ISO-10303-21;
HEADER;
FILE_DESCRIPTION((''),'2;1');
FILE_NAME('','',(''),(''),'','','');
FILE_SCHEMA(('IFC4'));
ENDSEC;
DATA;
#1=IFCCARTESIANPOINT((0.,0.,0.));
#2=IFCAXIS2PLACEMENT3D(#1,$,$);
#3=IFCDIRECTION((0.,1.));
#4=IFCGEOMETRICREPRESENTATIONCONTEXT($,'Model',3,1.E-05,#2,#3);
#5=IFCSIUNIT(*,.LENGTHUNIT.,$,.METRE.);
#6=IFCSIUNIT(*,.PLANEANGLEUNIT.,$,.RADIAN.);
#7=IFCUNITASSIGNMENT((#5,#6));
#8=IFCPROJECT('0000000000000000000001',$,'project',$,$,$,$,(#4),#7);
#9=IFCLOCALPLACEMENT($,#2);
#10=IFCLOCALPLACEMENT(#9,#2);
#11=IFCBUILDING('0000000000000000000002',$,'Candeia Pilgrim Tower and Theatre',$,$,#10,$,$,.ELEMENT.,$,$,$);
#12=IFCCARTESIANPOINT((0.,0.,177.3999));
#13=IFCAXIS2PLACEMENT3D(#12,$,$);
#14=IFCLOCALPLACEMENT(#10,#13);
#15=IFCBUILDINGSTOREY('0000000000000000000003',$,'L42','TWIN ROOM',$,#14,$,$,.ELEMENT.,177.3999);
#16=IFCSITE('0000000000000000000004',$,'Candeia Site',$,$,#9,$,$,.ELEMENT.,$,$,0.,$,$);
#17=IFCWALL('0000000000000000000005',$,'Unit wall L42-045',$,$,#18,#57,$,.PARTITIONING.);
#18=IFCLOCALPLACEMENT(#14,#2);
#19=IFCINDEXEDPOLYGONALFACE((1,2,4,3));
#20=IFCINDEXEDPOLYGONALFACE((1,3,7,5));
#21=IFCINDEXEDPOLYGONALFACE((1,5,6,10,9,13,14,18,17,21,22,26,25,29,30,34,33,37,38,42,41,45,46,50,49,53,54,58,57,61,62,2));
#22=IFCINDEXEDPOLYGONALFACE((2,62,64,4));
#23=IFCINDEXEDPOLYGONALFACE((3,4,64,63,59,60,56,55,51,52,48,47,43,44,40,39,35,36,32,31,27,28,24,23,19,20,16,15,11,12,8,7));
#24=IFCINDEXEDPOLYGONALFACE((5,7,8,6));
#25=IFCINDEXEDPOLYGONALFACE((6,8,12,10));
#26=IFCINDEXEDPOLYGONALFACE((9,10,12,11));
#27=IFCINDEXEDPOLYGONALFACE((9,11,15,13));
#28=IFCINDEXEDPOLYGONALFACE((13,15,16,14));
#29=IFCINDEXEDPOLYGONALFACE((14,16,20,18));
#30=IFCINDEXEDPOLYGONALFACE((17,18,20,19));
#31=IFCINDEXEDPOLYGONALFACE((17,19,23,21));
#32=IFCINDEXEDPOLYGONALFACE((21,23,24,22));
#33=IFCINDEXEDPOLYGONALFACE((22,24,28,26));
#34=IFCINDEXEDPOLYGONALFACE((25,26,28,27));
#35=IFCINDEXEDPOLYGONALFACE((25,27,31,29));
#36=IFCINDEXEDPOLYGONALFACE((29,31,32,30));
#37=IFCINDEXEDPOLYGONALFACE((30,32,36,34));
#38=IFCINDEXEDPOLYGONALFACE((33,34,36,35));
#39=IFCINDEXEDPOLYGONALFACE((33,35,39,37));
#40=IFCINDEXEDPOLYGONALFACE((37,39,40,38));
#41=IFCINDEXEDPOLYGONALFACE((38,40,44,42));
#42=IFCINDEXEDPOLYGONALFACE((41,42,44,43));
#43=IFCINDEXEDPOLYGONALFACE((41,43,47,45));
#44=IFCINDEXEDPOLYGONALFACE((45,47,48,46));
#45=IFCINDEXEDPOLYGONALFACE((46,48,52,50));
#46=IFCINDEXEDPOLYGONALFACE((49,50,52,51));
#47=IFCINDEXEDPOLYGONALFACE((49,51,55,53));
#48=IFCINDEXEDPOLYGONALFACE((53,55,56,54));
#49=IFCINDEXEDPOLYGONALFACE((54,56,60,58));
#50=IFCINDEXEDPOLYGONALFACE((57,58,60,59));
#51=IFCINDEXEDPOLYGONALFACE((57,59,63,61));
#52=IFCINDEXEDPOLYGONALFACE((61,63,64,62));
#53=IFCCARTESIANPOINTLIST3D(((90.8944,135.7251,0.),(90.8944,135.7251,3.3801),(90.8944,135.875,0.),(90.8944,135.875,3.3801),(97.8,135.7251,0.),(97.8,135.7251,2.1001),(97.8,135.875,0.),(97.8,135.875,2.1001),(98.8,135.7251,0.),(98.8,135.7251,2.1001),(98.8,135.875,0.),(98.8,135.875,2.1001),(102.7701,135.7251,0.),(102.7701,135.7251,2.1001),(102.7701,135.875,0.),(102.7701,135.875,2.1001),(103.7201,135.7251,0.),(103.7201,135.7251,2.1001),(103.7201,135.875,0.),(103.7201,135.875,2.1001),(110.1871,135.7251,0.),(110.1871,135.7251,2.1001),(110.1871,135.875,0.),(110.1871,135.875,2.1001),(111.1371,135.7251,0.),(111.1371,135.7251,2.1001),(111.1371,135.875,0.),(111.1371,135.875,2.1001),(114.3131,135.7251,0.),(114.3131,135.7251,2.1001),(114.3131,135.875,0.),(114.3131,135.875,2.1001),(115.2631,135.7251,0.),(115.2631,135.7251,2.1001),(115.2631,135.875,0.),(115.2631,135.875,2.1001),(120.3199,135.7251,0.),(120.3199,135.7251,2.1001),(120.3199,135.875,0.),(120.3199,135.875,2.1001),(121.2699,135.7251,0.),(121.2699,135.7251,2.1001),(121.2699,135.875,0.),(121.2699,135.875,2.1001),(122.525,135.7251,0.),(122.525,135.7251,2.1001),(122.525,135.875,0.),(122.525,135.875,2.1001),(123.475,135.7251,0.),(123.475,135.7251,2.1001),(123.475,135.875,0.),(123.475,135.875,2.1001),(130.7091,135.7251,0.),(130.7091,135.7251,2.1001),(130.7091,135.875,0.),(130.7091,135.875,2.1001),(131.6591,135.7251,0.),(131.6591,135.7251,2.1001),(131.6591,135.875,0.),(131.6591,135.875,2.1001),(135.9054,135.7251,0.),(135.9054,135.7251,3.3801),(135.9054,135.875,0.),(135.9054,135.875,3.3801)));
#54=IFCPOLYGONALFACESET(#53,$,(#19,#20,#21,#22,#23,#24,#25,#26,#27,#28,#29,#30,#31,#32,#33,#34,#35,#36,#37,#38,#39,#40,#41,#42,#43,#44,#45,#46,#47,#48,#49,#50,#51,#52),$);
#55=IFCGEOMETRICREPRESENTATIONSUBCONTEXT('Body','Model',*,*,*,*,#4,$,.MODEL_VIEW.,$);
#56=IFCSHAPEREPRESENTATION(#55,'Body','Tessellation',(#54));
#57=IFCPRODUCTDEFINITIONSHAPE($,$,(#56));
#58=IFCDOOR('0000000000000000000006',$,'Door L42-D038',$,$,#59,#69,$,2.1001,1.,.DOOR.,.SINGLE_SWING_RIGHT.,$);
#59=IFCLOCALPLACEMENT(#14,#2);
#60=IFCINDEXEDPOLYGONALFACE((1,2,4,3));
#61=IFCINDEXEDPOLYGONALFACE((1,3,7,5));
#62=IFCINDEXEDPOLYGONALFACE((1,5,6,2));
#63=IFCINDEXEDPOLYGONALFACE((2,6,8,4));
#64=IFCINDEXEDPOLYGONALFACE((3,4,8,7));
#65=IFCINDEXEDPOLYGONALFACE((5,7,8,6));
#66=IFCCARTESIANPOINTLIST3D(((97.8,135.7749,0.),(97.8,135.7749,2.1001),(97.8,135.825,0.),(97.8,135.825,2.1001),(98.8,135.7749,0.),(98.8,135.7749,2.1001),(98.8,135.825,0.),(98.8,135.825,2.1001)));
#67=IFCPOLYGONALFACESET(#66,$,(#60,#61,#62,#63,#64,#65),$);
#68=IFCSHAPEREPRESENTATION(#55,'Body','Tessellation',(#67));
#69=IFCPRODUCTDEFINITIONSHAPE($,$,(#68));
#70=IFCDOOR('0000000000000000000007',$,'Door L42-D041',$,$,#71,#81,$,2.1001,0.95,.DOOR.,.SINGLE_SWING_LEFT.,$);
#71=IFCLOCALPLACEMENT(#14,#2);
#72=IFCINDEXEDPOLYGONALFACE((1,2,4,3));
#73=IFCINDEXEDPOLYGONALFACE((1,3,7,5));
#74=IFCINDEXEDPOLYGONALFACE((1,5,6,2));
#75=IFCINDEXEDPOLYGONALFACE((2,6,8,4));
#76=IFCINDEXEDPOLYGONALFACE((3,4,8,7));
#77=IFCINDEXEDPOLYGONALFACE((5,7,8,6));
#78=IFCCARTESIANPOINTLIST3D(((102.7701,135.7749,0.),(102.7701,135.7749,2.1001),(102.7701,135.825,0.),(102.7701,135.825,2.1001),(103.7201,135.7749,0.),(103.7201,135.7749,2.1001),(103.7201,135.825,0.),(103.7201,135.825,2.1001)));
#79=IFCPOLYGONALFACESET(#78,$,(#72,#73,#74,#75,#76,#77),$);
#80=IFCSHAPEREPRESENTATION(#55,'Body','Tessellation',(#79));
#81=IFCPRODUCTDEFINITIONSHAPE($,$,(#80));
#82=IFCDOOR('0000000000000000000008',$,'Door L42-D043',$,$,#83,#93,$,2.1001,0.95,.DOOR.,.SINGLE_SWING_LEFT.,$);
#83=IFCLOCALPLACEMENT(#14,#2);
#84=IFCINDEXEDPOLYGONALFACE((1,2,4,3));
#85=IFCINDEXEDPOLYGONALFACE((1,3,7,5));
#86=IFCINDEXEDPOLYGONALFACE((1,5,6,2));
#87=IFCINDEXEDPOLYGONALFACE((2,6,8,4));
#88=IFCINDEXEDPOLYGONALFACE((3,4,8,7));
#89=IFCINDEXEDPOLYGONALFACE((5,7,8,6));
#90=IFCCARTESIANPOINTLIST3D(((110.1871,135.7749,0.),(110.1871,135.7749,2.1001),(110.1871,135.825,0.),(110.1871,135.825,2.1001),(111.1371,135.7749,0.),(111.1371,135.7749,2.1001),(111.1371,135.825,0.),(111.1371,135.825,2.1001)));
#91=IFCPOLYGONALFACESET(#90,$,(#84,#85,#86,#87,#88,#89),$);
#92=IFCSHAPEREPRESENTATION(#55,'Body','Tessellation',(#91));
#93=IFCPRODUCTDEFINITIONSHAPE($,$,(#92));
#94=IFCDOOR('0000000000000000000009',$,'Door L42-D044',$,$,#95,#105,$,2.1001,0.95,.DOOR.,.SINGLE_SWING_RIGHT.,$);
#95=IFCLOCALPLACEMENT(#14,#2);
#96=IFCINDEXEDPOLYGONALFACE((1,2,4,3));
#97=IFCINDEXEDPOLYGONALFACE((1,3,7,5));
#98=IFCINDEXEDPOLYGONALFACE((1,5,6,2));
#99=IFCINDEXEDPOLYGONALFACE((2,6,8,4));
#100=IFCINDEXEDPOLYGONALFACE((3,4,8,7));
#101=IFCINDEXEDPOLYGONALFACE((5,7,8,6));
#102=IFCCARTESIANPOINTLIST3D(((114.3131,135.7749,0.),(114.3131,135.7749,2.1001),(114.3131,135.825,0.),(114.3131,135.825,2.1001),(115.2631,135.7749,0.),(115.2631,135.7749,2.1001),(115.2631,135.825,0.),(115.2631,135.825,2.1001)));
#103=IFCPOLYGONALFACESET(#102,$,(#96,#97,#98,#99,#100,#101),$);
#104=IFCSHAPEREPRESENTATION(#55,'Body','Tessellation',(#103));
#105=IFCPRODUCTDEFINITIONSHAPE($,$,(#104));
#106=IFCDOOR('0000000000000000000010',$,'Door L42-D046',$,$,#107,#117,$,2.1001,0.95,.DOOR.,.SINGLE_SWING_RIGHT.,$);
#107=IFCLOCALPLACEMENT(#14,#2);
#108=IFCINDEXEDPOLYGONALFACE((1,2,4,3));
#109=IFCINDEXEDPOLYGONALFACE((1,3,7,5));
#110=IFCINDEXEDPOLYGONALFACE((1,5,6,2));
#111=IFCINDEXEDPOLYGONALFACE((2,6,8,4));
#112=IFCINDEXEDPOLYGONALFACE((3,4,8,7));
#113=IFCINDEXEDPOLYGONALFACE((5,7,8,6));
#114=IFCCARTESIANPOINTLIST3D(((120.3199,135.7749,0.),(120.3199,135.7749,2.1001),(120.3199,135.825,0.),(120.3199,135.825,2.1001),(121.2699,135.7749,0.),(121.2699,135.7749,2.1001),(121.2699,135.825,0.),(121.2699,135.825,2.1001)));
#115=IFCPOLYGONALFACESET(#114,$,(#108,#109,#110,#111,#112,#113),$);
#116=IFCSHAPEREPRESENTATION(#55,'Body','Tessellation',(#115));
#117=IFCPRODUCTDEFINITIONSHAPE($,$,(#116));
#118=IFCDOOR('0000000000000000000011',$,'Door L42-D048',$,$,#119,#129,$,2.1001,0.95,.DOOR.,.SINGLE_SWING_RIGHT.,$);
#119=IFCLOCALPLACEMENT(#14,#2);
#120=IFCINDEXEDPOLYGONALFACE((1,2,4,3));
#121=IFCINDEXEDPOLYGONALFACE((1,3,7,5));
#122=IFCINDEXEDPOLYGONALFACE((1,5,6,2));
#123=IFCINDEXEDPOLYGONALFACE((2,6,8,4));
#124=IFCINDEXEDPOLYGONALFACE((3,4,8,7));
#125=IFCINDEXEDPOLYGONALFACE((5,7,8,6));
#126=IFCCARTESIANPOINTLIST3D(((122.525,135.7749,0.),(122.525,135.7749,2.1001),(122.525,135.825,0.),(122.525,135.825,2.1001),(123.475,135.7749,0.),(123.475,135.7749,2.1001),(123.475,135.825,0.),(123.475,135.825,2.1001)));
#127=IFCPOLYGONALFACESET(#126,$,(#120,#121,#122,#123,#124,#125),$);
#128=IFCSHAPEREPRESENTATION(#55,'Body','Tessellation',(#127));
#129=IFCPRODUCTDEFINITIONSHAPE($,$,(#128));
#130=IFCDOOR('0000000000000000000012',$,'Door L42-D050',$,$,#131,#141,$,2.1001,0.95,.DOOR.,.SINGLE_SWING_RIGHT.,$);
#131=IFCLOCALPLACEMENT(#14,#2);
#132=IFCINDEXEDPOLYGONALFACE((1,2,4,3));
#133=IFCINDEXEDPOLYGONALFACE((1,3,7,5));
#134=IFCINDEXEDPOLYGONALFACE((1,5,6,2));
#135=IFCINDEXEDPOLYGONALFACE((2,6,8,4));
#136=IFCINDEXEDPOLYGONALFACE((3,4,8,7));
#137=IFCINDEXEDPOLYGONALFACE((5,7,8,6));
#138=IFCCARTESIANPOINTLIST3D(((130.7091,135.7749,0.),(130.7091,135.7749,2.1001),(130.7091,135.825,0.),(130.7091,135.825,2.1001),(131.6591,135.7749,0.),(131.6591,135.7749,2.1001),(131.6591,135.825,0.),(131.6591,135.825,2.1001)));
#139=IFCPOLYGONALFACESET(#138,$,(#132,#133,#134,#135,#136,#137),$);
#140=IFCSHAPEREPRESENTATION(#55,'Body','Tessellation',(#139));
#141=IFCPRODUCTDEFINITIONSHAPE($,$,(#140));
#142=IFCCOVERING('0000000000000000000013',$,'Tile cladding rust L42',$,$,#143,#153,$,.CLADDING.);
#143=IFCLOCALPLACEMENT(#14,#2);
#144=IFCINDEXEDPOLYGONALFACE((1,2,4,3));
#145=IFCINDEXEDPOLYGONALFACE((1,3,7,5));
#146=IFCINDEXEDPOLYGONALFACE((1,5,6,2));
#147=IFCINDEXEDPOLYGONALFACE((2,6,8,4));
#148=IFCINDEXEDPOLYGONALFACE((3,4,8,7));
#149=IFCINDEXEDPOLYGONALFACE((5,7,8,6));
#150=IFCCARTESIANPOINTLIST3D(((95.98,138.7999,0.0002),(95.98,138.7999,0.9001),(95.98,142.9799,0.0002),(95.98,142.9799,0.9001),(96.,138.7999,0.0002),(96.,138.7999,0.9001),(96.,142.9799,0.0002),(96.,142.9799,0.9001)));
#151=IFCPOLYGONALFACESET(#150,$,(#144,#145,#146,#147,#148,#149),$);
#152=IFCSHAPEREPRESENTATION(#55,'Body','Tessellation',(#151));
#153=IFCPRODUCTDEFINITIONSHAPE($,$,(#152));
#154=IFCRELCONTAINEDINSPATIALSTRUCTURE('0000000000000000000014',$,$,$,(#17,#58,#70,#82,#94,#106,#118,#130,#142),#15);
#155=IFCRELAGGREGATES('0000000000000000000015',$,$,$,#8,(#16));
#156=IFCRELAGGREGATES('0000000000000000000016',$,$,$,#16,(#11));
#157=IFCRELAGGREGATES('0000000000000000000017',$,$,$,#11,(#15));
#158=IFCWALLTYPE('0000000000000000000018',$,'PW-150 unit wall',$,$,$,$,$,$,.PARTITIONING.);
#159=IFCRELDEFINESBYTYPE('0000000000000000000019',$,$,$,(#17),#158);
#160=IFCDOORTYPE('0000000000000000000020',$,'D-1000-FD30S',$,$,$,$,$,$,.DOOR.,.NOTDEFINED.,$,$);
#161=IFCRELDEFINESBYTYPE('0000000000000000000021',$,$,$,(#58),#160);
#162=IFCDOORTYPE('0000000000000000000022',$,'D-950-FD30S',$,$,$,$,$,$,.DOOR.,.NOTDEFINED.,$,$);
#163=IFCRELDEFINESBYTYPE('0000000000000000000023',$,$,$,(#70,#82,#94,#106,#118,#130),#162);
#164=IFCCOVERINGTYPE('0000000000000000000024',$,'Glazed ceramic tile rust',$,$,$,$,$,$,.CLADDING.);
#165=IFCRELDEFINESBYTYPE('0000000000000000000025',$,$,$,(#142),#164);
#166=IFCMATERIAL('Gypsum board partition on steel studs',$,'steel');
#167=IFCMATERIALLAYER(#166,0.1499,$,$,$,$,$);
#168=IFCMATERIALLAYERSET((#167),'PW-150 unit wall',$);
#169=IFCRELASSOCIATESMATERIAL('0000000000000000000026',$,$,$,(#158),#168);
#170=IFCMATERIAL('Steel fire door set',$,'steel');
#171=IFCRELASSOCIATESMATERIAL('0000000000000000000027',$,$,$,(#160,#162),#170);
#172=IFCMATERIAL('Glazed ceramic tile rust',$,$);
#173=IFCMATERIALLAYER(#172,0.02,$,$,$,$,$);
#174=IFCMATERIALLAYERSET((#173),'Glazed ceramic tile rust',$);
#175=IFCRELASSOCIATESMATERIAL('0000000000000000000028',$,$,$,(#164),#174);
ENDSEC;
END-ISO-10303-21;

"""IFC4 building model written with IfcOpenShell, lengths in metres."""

from ifc_helpers import new_model, si_unit, direction, frame, frame_2d, origin, origin_2d, place, context, subcontext, project, spatial, rectangle, extrude, material, layer, layer_set, type_object, element, fill, save


model = new_model("IFC4")

# Units and contexts
model_context = context("Model", 3, precision=1e-05, world=origin(), true_north=direction((0.0, 1.0)))
body_context = subcontext(model_context, "Body", "Model", "MODEL_VIEW")
ifc_project = project(units=[si_unit("LENGTHUNIT", "METRE"), si_unit("PLANEANGLEUNIT", "RADIAN")], contexts=[model_context])

# Site, building, storey
site_placement = place(None, origin())
site = spatial("IfcSite", under=ifc_project, at=site_placement, Name="Candeia Site", CompositionType="ELEMENT", RefElevation=0.0)
building_placement = place(site_placement, origin())
building = spatial("IfcBuilding", under=site, at=building_placement, Name="Candeia Pilgrim Tower and Theatre", CompositionType="ELEMENT")
storey_placement = place(building_placement, frame((0.0, 0.0, 177.3999)))
storey = spatial("IfcBuildingStorey", under=building, at=storey_placement, Name="L42", Description="TWIN ROOM", CompositionType="ELEMENT", Elevation=177.3999)

# Shared definitions
ifc_material_1 = material(Name="Gypsum board partition on steel studs", Category="steel")

# Wall, openings, doors
ifc_layer_1 = layer(ifc_material_1, 0.1499)
ifc_layer_set_1 = layer_set([ifc_layer_1], Name="PW-150 unit wall")
wall_type_1 = type_object("IfcWallType", Name="PW-150 unit wall", PredefinedType="PARTITIONING", material=ifc_layer_set_1)
wall_1_placement = place(storey_placement, frame((90.8945, 135.8, 0.0), z_axis=(0.0, 0.0, 1.0), x_axis=(1.0, 0.0, 0.0)))
wall_1 = element("IfcWall", 1, at=wall_1_placement, inside=storey, type_object=wall_type_1, Name="Unit wall L42-045", PredefinedType="PARTITIONING", context=body_context, shape_type="SweptSolid", body=[
    extrude(rectangle(XDim=45.011, YDim=0.1499, at=frame_2d((22.5054, 0.0))), origin(), (0.0, 0.0, 1.0), 3.3801),
])
opening_1_placement = place(wall_1_placement, frame((6.9055, 0.0, 0.0)))
opening_1 = element("IfcOpeningElement", 2, at=opening_1_placement, cuts=wall_1, PredefinedType="OPENING", context=body_context, shape_type="SweptSolid", body=[
    extrude(rectangle(XDim=1.0, YDim=2.1001, at=frame_2d((0.5, 1.05))), frame((0.0, 0.085, 0.0), z_axis=(0.0, -1.0, 0.0), x_axis=(1.0, 0.0, 0.0)), (0.0, 0.0, 1.0), 0.1699),
])
opening_2_placement = place(wall_1_placement, frame((11.8755, 0.0, 0.0)))
opening_2 = element("IfcOpeningElement", 3, at=opening_2_placement, cuts=wall_1, PredefinedType="OPENING", context=body_context, shape_type="SweptSolid", body=[
    extrude(rectangle(XDim=0.95, YDim=2.1001, at=frame_2d((0.4751, 1.05))), frame((0.0, 0.085, 0.0), z_axis=(0.0, -1.0, 0.0), x_axis=(1.0, 0.0, 0.0)), (0.0, 0.0, 1.0), 0.1699),
])
opening_3_placement = place(wall_1_placement, frame((19.2925, 0.0, 0.0)))
opening_3 = element("IfcOpeningElement", 4, at=opening_3_placement, cuts=wall_1, PredefinedType="OPENING", context=body_context, shape_type="SweptSolid", body=[
    extrude(rectangle(XDim=0.95, YDim=2.1001, at=frame_2d((0.4751, 1.05))), frame((0.0, 0.085, 0.0), z_axis=(0.0, -1.0, 0.0), x_axis=(1.0, 0.0, 0.0)), (0.0, 0.0, 1.0), 0.1699),
])
opening_4_placement = place(wall_1_placement, frame((23.4185, 0.0, 0.0)))
opening_4 = element("IfcOpeningElement", 5, at=opening_4_placement, cuts=wall_1, PredefinedType="OPENING", context=body_context, shape_type="SweptSolid", body=[
    extrude(rectangle(XDim=0.95, YDim=2.1001, at=frame_2d((0.4751, 1.05))), frame((0.0, 0.085, 0.0), z_axis=(0.0, -1.0, 0.0), x_axis=(1.0, 0.0, 0.0)), (0.0, 0.0, 1.0), 0.1699),
])
opening_5_placement = place(wall_1_placement, frame((29.4253, 0.0, 0.0)))
opening_5 = element("IfcOpeningElement", 6, at=opening_5_placement, cuts=wall_1, PredefinedType="OPENING", context=body_context, shape_type="SweptSolid", body=[
    extrude(rectangle(XDim=0.95, YDim=2.1001, at=frame_2d((0.4751, 1.05))), frame((0.0, 0.085, 0.0), z_axis=(0.0, -1.0, 0.0), x_axis=(1.0, 0.0, 0.0)), (0.0, 0.0, 1.0), 0.1699),
])
opening_6_placement = place(wall_1_placement, frame((31.6304, 0.0, 0.0)))
opening_6 = element("IfcOpeningElement", 7, at=opening_6_placement, cuts=wall_1, PredefinedType="OPENING", context=body_context, shape_type="SweptSolid", body=[
    extrude(rectangle(XDim=0.95, YDim=2.1001, at=frame_2d((0.4751, 1.05))), frame((0.0, 0.085, 0.0), z_axis=(0.0, -1.0, 0.0), x_axis=(1.0, 0.0, 0.0)), (0.0, 0.0, 1.0), 0.1699),
])
opening_7_placement = place(wall_1_placement, frame((39.8145, 0.0, 0.0)))
opening_7 = element("IfcOpeningElement", 8, at=opening_7_placement, cuts=wall_1, PredefinedType="OPENING", context=body_context, shape_type="SweptSolid", body=[
    extrude(rectangle(XDim=0.95, YDim=2.1001, at=frame_2d((0.4751, 1.05))), frame((0.0, 0.085, 0.0), z_axis=(0.0, -1.0, 0.0), x_axis=(1.0, 0.0, 0.0)), (0.0, 0.0, 1.0), 0.1699),
])
ifc_material_2 = material(Name="Steel fire door set", Category="steel")
door_type_1 = type_object("IfcDoorType", Name="D-1000-FD30S", OperationType="NOTDEFINED", PredefinedType="DOOR", material=ifc_material_2)
door_1_placement = place(opening_1_placement, origin())
door_1 = element("IfcDoor", 9, at=door_1_placement, inside=storey, type_object=door_type_1, Name="Door L42-D038", OperationType="SINGLE_SWING_RIGHT", OverallHeight=2.1001, OverallWidth=1.0, PredefinedType="DOOR", context=body_context, shape_type="SweptSolid", body=[
    extrude(rectangle(XDim=1.0, YDim=2.1001, at=frame_2d((0.5, 1.05))), frame((0.0, 0.0249, 0.0), z_axis=(0.0, -1.0, 0.0), x_axis=(1.0, 0.0, 0.0)), (0.0, 0.0, 1.0), 0.05),
])
fill(opening_1, door_1)
door_type_2 = type_object("IfcDoorType", Name="D-950-FD30S", OperationType="NOTDEFINED", PredefinedType="DOOR", material=ifc_material_2)
door_2_placement = place(opening_2_placement, origin())
door_2 = element("IfcDoor", 10, at=door_2_placement, inside=storey, type_object=door_type_2, Name="Door L42-D041", OperationType="SINGLE_SWING_LEFT", OverallHeight=2.1001, OverallWidth=0.95, PredefinedType="DOOR", context=body_context, shape_type="SweptSolid", body=[
    extrude(rectangle(XDim=0.95, YDim=2.1001, at=frame_2d((0.4751, 1.05))), frame((0.0, 0.0249, 0.0), z_axis=(0.0, -1.0, 0.0), x_axis=(1.0, 0.0, 0.0)), (0.0, 0.0, 1.0), 0.05),
])
fill(opening_2, door_2)
door_3_placement = place(opening_3_placement, origin())
door_3 = element("IfcDoor", 11, at=door_3_placement, inside=storey, type_object=door_type_2, Name="Door L42-D043", OperationType="SINGLE_SWING_LEFT", OverallHeight=2.1001, OverallWidth=0.95, PredefinedType="DOOR", context=body_context, shape_type="SweptSolid", body=[
    extrude(rectangle(XDim=0.95, YDim=2.1001, at=frame_2d((0.4751, 1.05))), frame((0.0, 0.0249, 0.0), z_axis=(0.0, -1.0, 0.0), x_axis=(1.0, 0.0, 0.0)), (0.0, 0.0, 1.0), 0.05),
])
fill(opening_3, door_3)
door_4_placement = place(opening_4_placement, origin())
door_4 = element("IfcDoor", 12, at=door_4_placement, inside=storey, type_object=door_type_2, Name="Door L42-D044", OperationType="SINGLE_SWING_RIGHT", OverallHeight=2.1001, OverallWidth=0.95, PredefinedType="DOOR", context=body_context, shape_type="SweptSolid", body=[
    extrude(rectangle(XDim=0.95, YDim=2.1001, at=frame_2d((0.4751, 1.05))), frame((0.0, 0.0249, 0.0), z_axis=(0.0, -1.0, 0.0), x_axis=(1.0, 0.0, 0.0)), (0.0, 0.0, 1.0), 0.05),
])
fill(opening_4, door_4)
door_5_placement = place(opening_5_placement, origin())
door_5 = element("IfcDoor", 13, at=door_5_placement, inside=storey, type_object=door_type_2, Name="Door L42-D046", OperationType="SINGLE_SWING_RIGHT", OverallHeight=2.1001, OverallWidth=0.95, PredefinedType="DOOR", context=body_context, shape_type="SweptSolid", body=[
    extrude(rectangle(XDim=0.95, YDim=2.1001, at=frame_2d((0.4751, 1.05))), frame((0.0, 0.0249, 0.0), z_axis=(0.0, -1.0, 0.0), x_axis=(1.0, 0.0, 0.0)), (0.0, 0.0, 1.0), 0.05),
])
fill(opening_5, door_5)
door_6_placement = place(opening_6_placement, origin())
door_6 = element("IfcDoor", 14, at=door_6_placement, inside=storey, type_object=door_type_2, Name="Door L42-D048", OperationType="SINGLE_SWING_RIGHT", OverallHeight=2.1001, OverallWidth=0.95, PredefinedType="DOOR", context=body_context, shape_type="SweptSolid", body=[
    extrude(rectangle(XDim=0.95, YDim=2.1001, at=frame_2d((0.4751, 1.05))), frame((0.0, 0.0249, 0.0), z_axis=(0.0, -1.0, 0.0), x_axis=(1.0, 0.0, 0.0)), (0.0, 0.0, 1.0), 0.05),
])
fill(opening_6, door_6)
door_7_placement = place(opening_7_placement, origin())
door_7 = element("IfcDoor", 15, at=door_7_placement, inside=storey, type_object=door_type_2, Name="Door L42-D050", OperationType="SINGLE_SWING_RIGHT", OverallHeight=2.1001, OverallWidth=0.95, PredefinedType="DOOR", context=body_context, shape_type="SweptSolid", body=[
    extrude(rectangle(XDim=0.95, YDim=2.1001, at=frame_2d((0.4751, 1.05))), frame((0.0, 0.0249, 0.0), z_axis=(0.0, -1.0, 0.0), x_axis=(1.0, 0.0, 0.0)), (0.0, 0.0, 1.0), 0.05),
])
fill(opening_7, door_7)

# Covering
ifc_material_3 = material(Name="Glazed ceramic tile rust")
ifc_layer_2 = layer(ifc_material_3, 0.02)
ifc_layer_set_2 = layer_set([ifc_layer_2], Name="Glazed ceramic tile rust")
covering_type = type_object("IfcCoveringType", Name="Glazed ceramic tile rust", PredefinedType="CLADDING", material=ifc_layer_set_2)
covering_1_placement = place(storey_placement, frame((95.99, 140.8899, 0.0002), z_axis=(0.0, 0.0, 1.0), x_axis=(0.0, -1.0, 0.0)))
element("IfcCovering", 16, at=covering_1_placement, inside=storey, type_object=covering_type, Name="Tile cladding rust L42", PredefinedType="CLADDING", context=body_context, shape_type="SweptSolid", body=[
    extrude(rectangle(XDim=4.1799, YDim=0.02, at=origin_2d()), origin(), (0.0, 0.0, 1.0), 0.8999),
])

save(model, "model.ifc")
